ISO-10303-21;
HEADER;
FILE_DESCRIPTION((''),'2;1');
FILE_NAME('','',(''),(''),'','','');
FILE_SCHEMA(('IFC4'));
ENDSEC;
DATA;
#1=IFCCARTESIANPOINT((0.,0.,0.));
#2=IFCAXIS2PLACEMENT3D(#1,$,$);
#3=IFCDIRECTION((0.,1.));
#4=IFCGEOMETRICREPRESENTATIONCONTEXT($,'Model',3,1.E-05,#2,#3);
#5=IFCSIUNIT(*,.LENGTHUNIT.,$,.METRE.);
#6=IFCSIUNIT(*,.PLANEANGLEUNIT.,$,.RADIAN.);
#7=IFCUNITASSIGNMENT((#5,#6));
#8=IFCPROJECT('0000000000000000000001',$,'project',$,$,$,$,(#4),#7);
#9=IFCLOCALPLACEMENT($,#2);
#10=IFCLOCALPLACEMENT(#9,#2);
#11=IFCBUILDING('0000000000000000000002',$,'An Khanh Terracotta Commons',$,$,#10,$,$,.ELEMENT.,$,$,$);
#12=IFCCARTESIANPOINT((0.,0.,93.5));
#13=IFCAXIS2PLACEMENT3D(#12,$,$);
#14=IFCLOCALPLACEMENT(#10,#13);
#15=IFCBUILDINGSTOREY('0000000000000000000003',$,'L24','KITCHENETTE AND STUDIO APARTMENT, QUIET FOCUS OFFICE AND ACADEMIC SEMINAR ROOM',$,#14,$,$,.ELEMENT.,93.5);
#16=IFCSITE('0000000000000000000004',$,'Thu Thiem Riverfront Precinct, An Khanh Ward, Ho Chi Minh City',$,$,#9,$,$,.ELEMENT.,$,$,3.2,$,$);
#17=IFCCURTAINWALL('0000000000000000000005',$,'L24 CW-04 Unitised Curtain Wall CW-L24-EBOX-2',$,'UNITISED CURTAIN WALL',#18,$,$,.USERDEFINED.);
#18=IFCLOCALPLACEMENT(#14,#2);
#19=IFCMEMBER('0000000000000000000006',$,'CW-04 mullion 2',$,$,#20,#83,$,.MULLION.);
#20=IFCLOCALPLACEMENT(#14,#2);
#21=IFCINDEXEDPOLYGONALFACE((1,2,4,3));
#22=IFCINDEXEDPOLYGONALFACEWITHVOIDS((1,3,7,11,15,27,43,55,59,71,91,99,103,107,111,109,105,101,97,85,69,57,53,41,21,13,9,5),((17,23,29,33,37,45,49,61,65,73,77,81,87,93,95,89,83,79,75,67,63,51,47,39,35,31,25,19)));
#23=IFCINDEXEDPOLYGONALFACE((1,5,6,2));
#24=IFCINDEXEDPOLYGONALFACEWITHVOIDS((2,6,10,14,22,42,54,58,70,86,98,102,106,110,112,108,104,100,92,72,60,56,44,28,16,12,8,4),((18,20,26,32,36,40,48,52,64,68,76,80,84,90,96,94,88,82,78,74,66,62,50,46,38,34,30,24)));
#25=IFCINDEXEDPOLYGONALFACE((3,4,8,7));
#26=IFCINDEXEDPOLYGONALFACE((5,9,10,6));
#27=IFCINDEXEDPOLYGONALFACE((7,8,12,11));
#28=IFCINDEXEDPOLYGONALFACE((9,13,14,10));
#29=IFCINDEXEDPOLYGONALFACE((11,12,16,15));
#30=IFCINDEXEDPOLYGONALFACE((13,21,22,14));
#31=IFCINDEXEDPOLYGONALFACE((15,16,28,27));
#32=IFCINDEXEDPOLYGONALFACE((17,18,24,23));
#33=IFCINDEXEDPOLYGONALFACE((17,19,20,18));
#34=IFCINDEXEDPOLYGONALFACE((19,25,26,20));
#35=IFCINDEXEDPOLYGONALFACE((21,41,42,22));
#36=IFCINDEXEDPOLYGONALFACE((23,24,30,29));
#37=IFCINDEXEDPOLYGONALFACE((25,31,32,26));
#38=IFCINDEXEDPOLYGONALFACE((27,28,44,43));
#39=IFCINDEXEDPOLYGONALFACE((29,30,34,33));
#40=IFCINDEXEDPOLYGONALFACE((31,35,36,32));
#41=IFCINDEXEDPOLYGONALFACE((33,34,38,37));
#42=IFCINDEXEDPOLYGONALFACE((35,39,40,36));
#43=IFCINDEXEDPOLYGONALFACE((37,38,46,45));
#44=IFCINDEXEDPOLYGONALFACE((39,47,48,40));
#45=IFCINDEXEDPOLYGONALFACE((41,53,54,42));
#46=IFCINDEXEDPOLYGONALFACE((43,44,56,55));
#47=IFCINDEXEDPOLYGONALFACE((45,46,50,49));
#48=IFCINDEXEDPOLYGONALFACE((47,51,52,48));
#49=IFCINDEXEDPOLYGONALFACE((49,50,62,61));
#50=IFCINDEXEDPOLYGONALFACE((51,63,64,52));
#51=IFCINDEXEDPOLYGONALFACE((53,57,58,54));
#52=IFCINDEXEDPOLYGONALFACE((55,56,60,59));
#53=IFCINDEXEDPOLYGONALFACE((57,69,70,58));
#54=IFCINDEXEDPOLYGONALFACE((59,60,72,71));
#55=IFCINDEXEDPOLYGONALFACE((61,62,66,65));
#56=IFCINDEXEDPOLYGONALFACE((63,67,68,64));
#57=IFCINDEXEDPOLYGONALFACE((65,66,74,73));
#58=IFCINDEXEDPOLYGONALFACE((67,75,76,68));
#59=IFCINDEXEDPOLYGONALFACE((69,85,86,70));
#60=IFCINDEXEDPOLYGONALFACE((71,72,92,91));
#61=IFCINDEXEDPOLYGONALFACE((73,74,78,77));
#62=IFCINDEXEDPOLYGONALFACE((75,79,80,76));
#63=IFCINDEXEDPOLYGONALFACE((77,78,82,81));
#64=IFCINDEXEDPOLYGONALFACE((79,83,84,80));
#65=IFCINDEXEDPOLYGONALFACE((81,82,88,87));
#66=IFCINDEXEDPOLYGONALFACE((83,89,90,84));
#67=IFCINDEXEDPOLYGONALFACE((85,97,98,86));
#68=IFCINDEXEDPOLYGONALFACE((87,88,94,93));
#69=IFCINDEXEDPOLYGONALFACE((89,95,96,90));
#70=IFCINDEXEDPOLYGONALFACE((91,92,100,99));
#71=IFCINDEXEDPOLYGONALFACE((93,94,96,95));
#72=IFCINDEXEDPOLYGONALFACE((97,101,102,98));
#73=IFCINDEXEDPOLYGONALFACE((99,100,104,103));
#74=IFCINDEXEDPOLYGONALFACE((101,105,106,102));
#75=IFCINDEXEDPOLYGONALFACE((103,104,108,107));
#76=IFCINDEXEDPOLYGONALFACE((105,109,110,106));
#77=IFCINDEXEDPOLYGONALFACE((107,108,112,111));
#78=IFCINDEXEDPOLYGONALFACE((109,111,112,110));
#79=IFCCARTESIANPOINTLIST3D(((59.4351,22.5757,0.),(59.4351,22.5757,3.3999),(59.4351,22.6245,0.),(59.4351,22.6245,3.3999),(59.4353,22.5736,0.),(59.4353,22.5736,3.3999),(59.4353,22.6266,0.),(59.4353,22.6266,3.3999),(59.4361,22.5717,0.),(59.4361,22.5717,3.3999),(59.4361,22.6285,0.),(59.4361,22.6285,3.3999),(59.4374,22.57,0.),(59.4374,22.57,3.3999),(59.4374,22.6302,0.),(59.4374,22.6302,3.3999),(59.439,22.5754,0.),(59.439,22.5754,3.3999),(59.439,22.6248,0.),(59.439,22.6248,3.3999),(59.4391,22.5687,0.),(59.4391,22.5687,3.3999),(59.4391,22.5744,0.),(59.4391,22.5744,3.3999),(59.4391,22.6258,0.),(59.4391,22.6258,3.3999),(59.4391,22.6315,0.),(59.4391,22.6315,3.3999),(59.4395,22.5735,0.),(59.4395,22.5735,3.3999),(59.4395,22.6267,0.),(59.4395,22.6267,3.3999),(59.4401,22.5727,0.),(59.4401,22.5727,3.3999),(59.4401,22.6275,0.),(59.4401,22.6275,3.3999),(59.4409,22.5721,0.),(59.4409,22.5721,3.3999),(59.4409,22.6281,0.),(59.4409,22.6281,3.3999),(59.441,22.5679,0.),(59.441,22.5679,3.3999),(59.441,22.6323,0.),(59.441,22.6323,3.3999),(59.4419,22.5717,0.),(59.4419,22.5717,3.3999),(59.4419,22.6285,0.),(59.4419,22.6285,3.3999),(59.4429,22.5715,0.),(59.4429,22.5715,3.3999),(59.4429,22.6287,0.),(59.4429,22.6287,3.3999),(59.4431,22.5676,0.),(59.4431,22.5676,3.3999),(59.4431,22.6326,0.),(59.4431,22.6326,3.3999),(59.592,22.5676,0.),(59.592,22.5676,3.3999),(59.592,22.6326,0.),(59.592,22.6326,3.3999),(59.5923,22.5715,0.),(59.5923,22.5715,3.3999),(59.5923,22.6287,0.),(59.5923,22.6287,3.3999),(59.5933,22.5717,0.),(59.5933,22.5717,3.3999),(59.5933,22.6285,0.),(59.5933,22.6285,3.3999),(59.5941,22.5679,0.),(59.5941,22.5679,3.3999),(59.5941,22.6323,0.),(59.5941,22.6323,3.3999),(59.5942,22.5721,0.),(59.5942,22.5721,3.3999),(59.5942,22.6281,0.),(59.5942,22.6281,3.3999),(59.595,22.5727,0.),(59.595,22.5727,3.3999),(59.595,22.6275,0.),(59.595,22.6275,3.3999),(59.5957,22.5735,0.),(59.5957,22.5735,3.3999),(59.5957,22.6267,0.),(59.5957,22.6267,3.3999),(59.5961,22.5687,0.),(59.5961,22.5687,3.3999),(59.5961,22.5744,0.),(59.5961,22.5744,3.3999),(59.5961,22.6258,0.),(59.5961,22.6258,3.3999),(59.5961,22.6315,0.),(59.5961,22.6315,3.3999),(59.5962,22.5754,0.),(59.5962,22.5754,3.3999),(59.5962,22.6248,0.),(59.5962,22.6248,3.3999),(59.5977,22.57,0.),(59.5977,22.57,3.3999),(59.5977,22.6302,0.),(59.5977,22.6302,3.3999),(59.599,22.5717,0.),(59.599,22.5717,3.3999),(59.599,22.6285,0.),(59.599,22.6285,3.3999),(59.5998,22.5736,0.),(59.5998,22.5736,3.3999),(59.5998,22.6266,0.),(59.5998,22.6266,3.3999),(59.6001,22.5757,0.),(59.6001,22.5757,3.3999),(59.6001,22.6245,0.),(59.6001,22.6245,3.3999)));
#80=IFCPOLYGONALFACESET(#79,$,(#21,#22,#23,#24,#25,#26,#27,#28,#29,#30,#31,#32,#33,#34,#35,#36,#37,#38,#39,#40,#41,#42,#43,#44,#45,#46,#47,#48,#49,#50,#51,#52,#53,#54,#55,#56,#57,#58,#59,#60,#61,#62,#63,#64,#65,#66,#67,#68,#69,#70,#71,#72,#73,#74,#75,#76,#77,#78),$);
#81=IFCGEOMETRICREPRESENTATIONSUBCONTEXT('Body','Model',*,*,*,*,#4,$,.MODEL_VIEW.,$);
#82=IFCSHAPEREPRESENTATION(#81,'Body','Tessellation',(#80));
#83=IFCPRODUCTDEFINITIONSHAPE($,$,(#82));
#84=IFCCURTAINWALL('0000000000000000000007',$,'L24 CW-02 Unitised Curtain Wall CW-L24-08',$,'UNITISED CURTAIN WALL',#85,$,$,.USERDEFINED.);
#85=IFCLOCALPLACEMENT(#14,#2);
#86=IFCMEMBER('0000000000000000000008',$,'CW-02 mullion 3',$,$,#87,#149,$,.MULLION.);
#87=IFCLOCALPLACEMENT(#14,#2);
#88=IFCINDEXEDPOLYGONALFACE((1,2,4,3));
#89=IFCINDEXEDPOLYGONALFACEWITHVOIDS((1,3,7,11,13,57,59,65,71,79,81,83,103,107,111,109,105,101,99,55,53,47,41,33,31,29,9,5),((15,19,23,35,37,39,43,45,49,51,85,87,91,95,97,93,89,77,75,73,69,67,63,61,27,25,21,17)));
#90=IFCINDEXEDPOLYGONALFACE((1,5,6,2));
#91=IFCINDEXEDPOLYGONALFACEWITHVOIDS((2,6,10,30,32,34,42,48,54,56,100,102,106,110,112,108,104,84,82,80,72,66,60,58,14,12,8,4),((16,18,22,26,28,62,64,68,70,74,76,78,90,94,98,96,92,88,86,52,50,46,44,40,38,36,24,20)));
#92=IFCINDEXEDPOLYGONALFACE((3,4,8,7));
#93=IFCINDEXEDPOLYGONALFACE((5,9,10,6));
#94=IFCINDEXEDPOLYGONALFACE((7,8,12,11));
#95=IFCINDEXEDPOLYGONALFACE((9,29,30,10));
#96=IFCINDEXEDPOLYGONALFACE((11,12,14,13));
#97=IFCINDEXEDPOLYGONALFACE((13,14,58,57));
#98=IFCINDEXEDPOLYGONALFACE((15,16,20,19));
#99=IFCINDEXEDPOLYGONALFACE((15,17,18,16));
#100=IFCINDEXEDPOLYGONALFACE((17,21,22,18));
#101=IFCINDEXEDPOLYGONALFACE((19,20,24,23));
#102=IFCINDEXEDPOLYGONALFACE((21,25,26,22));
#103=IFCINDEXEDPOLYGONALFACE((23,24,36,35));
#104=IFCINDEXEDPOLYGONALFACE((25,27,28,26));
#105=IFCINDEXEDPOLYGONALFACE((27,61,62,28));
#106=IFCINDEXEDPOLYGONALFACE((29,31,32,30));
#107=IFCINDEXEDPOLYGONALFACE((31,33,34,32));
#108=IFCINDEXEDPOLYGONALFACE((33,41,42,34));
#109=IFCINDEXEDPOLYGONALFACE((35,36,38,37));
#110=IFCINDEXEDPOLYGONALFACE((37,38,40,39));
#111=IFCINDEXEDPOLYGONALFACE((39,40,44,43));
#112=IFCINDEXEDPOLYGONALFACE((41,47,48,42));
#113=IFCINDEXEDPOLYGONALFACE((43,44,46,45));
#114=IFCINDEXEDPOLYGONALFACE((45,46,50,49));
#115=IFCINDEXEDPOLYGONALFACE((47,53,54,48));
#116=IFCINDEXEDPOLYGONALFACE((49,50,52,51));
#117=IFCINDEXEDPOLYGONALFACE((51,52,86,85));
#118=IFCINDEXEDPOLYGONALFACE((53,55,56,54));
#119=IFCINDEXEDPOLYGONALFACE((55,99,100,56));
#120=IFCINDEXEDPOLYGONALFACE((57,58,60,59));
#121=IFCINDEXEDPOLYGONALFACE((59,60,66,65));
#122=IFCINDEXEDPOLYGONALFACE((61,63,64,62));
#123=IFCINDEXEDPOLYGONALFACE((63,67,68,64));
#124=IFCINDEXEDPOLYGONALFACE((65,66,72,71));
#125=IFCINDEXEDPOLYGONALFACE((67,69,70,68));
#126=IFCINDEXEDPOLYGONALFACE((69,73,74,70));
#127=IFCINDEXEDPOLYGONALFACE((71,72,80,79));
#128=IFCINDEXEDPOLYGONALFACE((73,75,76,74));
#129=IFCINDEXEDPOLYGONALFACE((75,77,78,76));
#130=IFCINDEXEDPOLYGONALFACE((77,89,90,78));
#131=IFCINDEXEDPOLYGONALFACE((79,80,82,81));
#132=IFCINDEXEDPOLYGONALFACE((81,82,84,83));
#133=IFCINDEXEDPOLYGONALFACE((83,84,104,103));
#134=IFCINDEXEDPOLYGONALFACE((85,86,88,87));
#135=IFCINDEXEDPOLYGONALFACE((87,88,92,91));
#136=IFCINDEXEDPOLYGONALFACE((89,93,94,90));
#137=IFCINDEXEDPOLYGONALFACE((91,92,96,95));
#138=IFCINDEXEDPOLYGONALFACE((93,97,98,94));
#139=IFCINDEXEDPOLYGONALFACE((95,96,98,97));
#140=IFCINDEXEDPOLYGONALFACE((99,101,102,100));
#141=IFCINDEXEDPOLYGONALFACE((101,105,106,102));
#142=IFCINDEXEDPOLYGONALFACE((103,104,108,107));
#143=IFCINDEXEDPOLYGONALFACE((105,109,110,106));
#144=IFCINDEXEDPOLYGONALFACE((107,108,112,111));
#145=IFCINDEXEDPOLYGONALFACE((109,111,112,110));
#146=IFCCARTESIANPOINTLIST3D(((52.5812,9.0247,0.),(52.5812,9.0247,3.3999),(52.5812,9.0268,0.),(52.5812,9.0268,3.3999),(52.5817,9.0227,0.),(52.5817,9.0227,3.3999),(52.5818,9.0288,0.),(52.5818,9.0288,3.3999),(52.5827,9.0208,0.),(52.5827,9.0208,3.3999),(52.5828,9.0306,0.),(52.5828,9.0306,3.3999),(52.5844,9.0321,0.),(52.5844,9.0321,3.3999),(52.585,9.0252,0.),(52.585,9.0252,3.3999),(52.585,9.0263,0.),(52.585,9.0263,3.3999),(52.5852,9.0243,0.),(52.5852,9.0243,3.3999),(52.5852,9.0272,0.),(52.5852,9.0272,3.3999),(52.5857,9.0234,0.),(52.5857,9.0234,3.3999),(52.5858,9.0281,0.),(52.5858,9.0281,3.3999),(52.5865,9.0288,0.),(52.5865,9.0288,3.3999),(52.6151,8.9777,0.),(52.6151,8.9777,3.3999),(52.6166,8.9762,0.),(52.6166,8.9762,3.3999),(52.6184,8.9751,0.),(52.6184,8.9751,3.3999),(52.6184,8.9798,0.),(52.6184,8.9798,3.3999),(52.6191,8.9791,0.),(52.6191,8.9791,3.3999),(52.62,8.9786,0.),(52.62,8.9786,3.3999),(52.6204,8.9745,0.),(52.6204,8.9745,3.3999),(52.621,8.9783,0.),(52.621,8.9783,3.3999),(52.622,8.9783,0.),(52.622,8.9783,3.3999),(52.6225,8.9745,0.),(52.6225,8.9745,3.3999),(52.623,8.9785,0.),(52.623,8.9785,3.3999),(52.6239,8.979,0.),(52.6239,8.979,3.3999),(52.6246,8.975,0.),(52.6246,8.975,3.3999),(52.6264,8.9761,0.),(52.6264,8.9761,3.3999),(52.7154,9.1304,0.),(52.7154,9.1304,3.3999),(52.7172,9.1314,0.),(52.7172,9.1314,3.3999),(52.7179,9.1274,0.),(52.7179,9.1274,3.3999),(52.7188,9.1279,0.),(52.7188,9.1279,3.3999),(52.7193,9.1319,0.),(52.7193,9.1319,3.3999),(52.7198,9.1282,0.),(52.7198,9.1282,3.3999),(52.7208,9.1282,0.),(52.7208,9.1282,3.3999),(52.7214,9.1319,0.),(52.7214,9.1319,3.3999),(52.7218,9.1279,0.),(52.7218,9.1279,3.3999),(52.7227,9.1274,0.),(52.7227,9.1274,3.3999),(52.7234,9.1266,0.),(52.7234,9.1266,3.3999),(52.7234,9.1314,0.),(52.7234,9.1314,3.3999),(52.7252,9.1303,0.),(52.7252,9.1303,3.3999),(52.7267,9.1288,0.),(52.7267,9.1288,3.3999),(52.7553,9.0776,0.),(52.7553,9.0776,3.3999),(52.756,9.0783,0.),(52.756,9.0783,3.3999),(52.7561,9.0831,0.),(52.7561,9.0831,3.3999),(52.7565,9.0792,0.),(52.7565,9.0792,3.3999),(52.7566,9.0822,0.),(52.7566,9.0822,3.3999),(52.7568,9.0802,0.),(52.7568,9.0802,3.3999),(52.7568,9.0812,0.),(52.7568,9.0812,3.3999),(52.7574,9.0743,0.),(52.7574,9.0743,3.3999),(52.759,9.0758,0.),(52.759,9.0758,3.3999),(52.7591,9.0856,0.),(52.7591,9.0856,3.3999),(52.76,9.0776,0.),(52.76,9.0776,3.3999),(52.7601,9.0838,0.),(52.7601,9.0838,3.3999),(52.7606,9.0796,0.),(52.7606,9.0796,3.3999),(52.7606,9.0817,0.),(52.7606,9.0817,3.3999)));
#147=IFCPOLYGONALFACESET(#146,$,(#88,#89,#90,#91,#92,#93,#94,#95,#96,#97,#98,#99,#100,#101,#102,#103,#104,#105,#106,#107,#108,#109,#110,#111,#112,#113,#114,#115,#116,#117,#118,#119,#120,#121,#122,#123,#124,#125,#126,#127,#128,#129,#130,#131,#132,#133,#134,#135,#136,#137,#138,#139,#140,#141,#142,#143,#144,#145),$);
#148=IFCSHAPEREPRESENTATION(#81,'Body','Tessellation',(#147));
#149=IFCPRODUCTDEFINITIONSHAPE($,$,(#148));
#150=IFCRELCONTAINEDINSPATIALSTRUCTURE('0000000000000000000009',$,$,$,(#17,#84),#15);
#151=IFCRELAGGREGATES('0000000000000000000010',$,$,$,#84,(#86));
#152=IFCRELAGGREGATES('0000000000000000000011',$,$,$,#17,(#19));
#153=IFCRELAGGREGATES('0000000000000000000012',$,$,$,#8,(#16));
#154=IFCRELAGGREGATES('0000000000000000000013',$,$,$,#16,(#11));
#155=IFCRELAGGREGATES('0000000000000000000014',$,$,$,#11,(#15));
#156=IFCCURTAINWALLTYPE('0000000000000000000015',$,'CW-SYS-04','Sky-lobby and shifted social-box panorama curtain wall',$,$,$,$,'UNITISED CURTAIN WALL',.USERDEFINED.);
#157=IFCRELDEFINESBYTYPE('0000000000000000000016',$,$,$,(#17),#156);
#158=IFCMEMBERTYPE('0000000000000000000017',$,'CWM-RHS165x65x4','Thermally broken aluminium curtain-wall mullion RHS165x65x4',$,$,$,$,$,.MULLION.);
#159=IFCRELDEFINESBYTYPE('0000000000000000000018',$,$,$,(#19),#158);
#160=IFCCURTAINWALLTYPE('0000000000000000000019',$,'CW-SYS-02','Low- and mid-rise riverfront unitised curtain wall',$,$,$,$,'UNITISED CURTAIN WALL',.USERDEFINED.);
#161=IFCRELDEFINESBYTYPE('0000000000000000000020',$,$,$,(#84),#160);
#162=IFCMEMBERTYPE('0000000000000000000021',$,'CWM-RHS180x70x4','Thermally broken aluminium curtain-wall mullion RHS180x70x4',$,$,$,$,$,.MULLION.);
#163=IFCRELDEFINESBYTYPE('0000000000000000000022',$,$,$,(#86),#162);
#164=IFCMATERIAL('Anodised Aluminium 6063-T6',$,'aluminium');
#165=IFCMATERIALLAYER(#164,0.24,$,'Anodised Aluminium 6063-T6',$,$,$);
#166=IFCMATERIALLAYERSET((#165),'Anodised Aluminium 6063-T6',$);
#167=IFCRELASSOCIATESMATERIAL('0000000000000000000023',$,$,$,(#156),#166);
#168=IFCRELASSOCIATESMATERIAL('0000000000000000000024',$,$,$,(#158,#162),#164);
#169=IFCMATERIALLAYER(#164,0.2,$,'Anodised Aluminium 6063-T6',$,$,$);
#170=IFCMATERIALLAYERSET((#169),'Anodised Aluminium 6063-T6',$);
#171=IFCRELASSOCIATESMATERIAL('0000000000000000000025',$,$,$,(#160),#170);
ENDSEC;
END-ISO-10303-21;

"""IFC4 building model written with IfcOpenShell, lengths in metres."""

from ifc_helpers import new_model, si_unit, direction, frame, origin, origin_2d, place, context, subcontext, project, spatial, hollow_rectangle, extrude, material, layer, layer_set, material_profile, profile_set, type_object, element, aggregate, save


model = new_model("IFC4")

# Units and contexts
model_context = context("Model", 3, precision=1e-05, world=origin(), true_north=direction((0.0, 1.0)))
body_context = subcontext(model_context, "Body", "Model", "MODEL_VIEW")
ifc_project = project(units=[si_unit("LENGTHUNIT", "METRE"), si_unit("PLANEANGLEUNIT", "RADIAN")], contexts=[model_context])

# Site, building, storey
site_placement = place(None, origin())
site = spatial("IfcSite", under=ifc_project, at=site_placement, Name="Thu Thiem Riverfront Precinct, An Khanh Ward, Ho Chi Minh City", CompositionType="ELEMENT", RefElevation=3.2)
building_placement = place(site_placement, origin())
building = spatial("IfcBuilding", under=site, at=building_placement, Name="An Khanh Terracotta Commons", CompositionType="ELEMENT")
storey_placement = place(building_placement, frame((0.0, 0.0, 93.5)))
storey = spatial("IfcBuildingStorey", under=building, at=storey_placement, Name="L24", Description="KITCHENETTE AND STUDIO APARTMENT, QUIET FOCUS OFFICE AND ACADEMIC SEMINAR ROOM", CompositionType="ELEMENT", Elevation=93.5)

# Shared definitions
ifc_material_1 = material(Name="Anodised Aluminium 6063-T6", Category="aluminium")
ifc_layer_1 = layer(ifc_material_1, 0.24, Name="Anodised Aluminium 6063-T6")
ifc_layer_set_1 = layer_set([ifc_layer_1], Name="Anodised Aluminium 6063-T6")
curtain_wall_type_1 = type_object("IfcCurtainWallType", Name="CW-SYS-04", Description="Sky-lobby and shifted social-box panorama curtain wall", ElementType="UNITISED CURTAIN WALL", PredefinedType="USERDEFINED", material=ifc_layer_set_1)
ifc_material_profile_1 = material_profile(ifc_material_1, hollow_rectangle(XDim=0.0649, YDim=0.165, WallThickness=0.0039, InnerFilletRadius=0.0039, OuterFilletRadius=0.0081, at=origin_2d()), Name="RHS165x65x4")
ifc_profile_set_1 = profile_set([ifc_material_profile_1], Name="Anodised Aluminium 6063-T6")
member_type_1 = type_object("IfcMemberType", Name="CWM-RHS165x65x4", Description="Thermally broken aluminium curtain-wall mullion RHS165x65x4", PredefinedType="MULLION", material=ifc_profile_set_1)

# Curtain walls, members
curtain_wall_1_placement = place(storey_placement, origin())
curtain_wall_1 = element("IfcCurtainWall", 1, at=curtain_wall_1_placement, inside=storey, type_object=curtain_wall_type_1, Name="L24 CW-04 Unitised Curtain Wall CW-L24-EBOX-2", ObjectType="UNITISED CURTAIN WALL", PredefinedType="USERDEFINED")
member_1_placement = place(storey_placement, frame((59.5176, 22.6001, 0.0), z_axis=(0.0, 0.0, 1.0), x_axis=(0.0, 1.0, 0.0)))
member_1 = element("IfcMember", 2, at=member_1_placement, type_object=member_type_1, Name="CW-04 mullion 2", PredefinedType="MULLION", context=body_context, shape_type="SweptSolid", body=[
    extrude(hollow_rectangle(XDim=0.0649, YDim=0.165, WallThickness=0.0039, InnerFilletRadius=0.0039, OuterFilletRadius=0.0081, at=origin_2d()), origin(), (0.0, 0.0, 1.0), 3.3999),
])
ifc_layer_2 = layer(ifc_material_1, 0.2, Name="Anodised Aluminium 6063-T6")
ifc_layer_set_2 = layer_set([ifc_layer_2], Name="Anodised Aluminium 6063-T6")
curtain_wall_type_2 = type_object("IfcCurtainWallType", Name="CW-SYS-02", Description="Low- and mid-rise riverfront unitised curtain wall", ElementType="UNITISED CURTAIN WALL", PredefinedType="USERDEFINED", material=ifc_layer_set_2)
curtain_wall_2_placement = place(storey_placement, origin())
curtain_wall_2 = element("IfcCurtainWall", 3, at=curtain_wall_2_placement, inside=storey, type_object=curtain_wall_type_2, Name="L24 CW-02 Unitised Curtain Wall CW-L24-08", ObjectType="UNITISED CURTAIN WALL", PredefinedType="USERDEFINED")
ifc_material_profile_2 = material_profile(ifc_material_1, hollow_rectangle(XDim=0.0701, YDim=0.1799, WallThickness=0.0039, InnerFilletRadius=0.0039, OuterFilletRadius=0.0081, at=origin_2d()), Name="RHS180x70x4")
ifc_profile_set_2 = profile_set([ifc_material_profile_2], Name="Anodised Aluminium 6063-T6")
member_type_2 = type_object("IfcMemberType", Name="CWM-RHS180x70x4", Description="Thermally broken aluminium curtain-wall mullion RHS180x70x4", PredefinedType="MULLION", material=ifc_profile_set_2)
member_2_placement = place(storey_placement, frame((52.6709, 9.0532, 0.0), z_axis=(0.0, 0.0, 1.0), x_axis=(-0.599983, 0.800013, 0.0)))
member_2 = element("IfcMember", 4, at=member_2_placement, type_object=member_type_2, Name="CW-02 mullion 3", PredefinedType="MULLION", context=body_context, shape_type="SweptSolid", body=[
    extrude(hollow_rectangle(XDim=0.0701, YDim=0.1799, WallThickness=0.0039, InnerFilletRadius=0.0039, OuterFilletRadius=0.0081, at=origin_2d()), origin(), (0.0, 0.0, 1.0), 3.3999),
])

aggregate(curtain_wall_2, [member_2])
aggregate(curtain_wall_1, [member_1])

save(model, "model.ifc")
